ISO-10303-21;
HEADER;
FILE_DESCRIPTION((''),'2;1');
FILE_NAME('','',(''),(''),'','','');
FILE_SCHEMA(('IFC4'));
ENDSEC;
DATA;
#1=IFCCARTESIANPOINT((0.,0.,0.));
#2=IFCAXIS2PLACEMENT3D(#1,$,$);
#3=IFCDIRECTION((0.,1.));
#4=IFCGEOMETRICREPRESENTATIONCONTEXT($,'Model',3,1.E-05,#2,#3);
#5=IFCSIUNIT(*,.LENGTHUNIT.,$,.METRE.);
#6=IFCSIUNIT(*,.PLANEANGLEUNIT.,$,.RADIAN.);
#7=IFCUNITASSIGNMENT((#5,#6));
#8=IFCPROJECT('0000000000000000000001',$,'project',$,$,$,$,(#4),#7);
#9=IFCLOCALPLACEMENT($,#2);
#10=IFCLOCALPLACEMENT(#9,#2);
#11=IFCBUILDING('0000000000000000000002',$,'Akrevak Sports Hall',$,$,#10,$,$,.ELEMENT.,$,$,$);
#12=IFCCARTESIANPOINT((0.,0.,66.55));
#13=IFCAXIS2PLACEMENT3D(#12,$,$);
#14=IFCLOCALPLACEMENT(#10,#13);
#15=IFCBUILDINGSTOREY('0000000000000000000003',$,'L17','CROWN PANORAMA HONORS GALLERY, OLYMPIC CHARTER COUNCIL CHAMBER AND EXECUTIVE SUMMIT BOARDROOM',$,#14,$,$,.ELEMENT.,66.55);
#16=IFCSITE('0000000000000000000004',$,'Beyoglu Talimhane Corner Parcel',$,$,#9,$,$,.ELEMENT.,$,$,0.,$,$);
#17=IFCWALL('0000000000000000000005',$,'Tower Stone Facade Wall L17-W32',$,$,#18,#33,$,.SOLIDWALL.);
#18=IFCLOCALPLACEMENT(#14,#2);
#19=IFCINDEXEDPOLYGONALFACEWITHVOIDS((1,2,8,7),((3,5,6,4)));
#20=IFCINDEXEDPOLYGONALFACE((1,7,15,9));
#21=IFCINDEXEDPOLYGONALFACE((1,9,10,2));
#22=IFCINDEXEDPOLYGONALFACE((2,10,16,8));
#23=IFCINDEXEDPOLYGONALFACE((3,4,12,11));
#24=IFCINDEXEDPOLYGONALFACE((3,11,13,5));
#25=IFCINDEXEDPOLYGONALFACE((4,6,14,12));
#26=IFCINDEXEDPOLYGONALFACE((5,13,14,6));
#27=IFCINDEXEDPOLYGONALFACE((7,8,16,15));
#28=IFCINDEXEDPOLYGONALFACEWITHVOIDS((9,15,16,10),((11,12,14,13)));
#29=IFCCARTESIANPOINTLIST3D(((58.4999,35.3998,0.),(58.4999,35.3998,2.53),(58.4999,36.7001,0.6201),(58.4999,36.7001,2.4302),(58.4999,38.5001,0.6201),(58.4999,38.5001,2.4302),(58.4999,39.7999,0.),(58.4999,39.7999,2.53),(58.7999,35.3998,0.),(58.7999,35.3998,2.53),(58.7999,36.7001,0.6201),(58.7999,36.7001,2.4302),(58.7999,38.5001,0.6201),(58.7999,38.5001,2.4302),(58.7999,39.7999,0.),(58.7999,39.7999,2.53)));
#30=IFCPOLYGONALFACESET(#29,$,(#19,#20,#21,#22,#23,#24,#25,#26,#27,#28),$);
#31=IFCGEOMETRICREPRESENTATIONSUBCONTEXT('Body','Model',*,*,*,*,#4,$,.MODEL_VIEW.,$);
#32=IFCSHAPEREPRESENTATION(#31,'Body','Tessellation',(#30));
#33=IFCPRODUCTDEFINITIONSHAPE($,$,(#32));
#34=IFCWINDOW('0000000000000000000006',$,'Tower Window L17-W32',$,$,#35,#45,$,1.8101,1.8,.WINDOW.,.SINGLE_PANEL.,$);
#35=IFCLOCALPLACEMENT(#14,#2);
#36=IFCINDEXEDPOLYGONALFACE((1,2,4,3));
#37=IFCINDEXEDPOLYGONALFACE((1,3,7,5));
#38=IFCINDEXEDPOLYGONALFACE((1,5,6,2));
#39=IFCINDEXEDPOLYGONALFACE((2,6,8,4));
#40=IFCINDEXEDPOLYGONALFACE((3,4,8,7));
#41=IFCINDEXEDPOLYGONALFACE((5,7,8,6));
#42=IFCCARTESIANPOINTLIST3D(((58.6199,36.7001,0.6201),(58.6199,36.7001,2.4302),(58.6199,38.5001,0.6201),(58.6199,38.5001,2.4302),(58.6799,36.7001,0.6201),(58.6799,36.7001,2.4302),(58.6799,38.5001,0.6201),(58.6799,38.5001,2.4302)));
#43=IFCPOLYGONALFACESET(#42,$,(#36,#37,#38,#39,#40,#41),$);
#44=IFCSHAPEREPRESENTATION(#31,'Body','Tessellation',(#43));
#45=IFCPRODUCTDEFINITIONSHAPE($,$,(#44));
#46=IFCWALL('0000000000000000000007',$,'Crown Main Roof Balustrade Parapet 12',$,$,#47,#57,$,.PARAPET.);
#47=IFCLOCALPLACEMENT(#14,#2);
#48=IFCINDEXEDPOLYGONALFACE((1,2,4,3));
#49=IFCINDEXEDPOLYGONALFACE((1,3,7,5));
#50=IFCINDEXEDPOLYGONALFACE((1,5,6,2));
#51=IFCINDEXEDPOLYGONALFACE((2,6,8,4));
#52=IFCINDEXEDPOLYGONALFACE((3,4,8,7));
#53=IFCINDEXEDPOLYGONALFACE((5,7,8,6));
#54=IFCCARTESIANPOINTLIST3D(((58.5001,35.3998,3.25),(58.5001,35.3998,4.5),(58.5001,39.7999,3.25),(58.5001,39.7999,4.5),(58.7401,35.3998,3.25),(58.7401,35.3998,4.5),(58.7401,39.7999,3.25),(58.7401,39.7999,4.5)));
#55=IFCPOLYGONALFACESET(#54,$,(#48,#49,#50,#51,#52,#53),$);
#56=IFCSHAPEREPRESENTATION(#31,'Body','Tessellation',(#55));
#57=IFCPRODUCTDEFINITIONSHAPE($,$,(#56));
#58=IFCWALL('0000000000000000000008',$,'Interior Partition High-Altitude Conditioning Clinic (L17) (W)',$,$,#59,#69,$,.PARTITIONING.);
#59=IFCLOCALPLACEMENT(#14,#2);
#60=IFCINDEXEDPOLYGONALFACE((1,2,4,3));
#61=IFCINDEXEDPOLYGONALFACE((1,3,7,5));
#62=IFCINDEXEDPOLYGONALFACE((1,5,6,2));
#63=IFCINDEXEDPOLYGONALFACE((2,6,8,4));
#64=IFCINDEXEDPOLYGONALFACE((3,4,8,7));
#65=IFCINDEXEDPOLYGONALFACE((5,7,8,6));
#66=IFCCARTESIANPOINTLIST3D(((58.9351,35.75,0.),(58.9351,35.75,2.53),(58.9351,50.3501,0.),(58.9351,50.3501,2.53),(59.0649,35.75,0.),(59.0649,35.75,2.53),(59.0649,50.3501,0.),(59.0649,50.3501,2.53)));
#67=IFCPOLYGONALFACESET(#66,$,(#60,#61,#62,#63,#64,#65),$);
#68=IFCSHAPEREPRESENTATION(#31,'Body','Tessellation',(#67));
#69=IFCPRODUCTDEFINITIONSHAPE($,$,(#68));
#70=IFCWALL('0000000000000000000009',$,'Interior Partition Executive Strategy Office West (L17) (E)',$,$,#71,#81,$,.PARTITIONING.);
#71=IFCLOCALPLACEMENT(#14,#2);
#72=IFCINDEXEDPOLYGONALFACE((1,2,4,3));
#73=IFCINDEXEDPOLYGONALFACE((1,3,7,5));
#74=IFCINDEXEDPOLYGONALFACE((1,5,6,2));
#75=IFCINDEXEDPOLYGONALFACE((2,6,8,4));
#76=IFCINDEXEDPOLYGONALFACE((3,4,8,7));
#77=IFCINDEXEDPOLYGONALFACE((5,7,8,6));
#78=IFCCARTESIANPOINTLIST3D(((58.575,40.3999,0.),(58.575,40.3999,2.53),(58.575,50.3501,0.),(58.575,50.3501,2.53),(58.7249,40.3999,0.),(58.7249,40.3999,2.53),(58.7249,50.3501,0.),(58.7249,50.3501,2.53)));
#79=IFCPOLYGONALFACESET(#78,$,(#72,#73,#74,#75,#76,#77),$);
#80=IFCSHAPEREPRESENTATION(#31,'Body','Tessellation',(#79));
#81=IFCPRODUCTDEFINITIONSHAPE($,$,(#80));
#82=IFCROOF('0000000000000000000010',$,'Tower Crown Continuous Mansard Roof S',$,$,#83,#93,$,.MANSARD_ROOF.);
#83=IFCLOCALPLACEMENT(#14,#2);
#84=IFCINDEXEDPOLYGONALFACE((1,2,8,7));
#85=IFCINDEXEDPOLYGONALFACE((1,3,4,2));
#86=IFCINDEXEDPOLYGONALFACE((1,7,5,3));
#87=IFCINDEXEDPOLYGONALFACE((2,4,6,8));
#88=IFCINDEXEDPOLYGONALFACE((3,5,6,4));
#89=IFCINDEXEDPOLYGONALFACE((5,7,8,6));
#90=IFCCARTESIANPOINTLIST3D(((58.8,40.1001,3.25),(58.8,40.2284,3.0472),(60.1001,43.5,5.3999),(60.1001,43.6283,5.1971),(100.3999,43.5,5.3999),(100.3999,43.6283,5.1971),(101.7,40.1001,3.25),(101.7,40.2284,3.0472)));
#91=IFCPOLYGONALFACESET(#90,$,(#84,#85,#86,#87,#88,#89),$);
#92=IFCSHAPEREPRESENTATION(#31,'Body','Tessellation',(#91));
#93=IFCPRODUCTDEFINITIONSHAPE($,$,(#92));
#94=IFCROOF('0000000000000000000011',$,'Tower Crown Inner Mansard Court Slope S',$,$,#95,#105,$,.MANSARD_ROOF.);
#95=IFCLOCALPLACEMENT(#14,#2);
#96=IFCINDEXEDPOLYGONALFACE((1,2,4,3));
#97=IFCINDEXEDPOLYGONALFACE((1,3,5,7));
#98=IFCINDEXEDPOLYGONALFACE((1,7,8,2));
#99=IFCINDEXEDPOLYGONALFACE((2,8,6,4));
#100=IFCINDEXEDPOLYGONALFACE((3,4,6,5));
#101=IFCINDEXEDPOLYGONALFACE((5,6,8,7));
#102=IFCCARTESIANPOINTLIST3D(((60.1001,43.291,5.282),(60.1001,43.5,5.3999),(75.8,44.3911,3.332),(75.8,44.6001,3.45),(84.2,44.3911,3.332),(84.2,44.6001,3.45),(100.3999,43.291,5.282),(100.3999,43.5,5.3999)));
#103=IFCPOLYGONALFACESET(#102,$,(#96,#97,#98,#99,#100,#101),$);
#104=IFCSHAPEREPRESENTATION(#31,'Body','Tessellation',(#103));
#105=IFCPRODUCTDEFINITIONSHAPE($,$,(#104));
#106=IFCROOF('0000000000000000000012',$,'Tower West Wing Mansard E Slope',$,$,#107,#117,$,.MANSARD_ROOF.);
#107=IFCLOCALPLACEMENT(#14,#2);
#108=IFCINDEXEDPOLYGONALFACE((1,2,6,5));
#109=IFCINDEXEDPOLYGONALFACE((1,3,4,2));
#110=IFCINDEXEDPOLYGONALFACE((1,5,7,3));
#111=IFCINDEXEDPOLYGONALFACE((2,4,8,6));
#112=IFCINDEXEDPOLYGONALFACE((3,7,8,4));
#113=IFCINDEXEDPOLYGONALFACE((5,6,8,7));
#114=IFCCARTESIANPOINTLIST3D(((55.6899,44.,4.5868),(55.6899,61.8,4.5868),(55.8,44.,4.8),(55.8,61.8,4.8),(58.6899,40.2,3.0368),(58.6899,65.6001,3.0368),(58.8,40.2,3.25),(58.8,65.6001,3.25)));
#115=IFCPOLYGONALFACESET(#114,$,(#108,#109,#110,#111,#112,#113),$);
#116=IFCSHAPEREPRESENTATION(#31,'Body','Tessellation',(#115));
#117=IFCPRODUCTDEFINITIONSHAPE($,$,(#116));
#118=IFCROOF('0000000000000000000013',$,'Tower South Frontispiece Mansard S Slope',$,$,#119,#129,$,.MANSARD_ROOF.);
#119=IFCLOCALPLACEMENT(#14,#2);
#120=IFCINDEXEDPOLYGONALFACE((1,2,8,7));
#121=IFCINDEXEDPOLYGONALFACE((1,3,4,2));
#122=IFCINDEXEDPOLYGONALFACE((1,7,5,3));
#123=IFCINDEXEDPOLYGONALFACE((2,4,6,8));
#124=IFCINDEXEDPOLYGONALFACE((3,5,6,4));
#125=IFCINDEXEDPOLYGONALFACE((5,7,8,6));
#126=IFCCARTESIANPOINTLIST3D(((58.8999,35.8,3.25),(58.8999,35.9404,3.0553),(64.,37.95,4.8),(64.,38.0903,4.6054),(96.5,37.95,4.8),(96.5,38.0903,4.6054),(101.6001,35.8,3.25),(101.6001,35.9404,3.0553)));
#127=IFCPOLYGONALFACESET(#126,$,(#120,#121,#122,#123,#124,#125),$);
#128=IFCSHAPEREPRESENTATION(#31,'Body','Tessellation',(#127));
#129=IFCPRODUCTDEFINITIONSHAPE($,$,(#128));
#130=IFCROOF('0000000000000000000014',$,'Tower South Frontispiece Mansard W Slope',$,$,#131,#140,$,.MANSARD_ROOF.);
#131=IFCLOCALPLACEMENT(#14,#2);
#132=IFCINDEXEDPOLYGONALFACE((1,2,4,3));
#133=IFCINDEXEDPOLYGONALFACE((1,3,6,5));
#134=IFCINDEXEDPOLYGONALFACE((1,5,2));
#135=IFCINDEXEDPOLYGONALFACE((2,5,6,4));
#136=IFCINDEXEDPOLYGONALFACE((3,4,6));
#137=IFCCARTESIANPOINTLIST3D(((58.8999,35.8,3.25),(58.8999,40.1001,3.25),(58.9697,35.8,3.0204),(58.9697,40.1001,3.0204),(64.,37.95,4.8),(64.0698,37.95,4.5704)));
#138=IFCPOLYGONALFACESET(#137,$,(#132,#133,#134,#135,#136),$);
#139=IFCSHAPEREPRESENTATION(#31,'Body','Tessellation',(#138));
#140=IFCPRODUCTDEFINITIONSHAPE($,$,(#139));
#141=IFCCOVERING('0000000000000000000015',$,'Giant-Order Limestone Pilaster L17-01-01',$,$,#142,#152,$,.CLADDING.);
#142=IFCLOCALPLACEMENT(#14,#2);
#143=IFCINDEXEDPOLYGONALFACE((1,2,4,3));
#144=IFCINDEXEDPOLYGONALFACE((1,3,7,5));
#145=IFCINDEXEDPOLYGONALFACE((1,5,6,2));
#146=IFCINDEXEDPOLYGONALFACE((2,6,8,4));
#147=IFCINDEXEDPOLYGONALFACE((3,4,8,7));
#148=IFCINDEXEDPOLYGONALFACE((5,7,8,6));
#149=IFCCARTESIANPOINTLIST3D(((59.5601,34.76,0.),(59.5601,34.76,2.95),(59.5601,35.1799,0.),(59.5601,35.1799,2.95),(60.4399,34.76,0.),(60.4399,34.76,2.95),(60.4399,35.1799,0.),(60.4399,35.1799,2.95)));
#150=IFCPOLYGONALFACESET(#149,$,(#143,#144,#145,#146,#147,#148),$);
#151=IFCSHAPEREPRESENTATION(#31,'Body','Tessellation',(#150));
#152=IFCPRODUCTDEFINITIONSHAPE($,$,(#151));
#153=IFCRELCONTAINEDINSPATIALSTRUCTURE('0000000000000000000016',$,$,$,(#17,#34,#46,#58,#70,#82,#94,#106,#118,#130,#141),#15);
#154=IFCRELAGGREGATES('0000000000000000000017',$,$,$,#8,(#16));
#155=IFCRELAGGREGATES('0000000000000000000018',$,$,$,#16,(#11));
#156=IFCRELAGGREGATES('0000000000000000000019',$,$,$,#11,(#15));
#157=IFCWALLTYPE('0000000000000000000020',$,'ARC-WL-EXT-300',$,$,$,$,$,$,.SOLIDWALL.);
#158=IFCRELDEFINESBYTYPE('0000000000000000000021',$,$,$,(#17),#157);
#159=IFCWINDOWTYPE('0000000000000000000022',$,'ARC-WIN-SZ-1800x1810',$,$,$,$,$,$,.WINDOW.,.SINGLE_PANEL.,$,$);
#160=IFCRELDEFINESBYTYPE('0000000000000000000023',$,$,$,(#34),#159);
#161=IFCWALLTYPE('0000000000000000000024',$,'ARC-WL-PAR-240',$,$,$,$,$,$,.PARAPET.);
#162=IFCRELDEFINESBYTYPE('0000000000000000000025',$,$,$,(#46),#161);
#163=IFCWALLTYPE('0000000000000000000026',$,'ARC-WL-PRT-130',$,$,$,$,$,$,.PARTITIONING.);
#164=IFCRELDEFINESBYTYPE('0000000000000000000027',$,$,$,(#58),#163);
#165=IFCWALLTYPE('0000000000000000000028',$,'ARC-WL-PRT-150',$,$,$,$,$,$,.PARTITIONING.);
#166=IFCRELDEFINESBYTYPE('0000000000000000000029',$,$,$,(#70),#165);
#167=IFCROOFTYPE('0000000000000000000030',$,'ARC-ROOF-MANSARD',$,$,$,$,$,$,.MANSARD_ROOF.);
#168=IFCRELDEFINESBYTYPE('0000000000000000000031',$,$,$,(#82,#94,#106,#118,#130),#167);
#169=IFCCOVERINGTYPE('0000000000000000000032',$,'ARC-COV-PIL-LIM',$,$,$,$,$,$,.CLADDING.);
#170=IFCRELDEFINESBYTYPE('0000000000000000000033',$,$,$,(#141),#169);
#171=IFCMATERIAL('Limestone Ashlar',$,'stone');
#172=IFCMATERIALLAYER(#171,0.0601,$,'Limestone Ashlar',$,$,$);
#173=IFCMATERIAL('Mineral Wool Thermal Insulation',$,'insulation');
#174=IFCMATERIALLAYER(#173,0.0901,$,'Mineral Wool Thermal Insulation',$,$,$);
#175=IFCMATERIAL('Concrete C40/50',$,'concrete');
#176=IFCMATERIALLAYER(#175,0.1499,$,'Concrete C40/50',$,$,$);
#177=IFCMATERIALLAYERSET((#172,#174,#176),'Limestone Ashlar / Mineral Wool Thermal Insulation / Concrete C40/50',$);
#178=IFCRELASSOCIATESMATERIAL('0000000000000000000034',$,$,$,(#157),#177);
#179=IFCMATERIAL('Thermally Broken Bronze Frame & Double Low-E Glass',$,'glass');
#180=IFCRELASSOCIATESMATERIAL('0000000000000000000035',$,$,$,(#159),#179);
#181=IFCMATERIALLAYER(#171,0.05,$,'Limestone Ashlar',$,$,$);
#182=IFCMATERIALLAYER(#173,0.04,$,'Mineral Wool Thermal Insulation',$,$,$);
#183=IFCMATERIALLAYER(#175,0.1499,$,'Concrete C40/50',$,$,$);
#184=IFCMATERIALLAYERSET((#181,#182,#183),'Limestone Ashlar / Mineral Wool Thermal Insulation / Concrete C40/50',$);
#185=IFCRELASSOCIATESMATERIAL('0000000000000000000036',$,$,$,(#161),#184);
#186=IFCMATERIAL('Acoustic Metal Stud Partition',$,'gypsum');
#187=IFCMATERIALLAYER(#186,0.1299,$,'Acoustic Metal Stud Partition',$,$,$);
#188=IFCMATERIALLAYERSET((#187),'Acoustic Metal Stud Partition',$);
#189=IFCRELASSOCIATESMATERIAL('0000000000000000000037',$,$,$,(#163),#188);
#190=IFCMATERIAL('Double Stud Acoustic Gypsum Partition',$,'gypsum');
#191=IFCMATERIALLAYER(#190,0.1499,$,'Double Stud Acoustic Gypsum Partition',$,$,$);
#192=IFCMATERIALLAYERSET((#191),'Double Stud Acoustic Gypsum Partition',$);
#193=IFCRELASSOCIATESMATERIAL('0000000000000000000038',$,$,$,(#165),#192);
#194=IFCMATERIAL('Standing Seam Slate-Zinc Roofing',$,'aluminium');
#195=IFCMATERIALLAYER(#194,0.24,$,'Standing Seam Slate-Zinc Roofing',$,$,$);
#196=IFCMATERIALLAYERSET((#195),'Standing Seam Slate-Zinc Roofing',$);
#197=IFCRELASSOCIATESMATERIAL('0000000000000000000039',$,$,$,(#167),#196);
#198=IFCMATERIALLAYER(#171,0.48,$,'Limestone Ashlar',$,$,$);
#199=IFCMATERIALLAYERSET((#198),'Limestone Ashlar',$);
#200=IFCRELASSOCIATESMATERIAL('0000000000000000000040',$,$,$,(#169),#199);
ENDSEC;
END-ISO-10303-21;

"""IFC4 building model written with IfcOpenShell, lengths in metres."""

from ifc_helpers import new_model, si_unit, direction, frame, frame_2d, origin, origin_2d, place, context, subcontext, project, spatial, polyline, rectangle, outline, extrude, material, layer, layer_set, type_object, element, fill, save


model = new_model("IFC4")

# Units and contexts
model_context = context("Model", 3, precision=1e-05, world=origin(), true_north=direction((0.0, 1.0)))
body_context = subcontext(model_context, "Body", "Model", "MODEL_VIEW")
ifc_project = project(units=[si_unit("LENGTHUNIT", "METRE"), si_unit("PLANEANGLEUNIT", "RADIAN")], contexts=[model_context])

# Site, building, storey
site_placement = place(None, origin())
site = spatial("IfcSite", under=ifc_project, at=site_placement, Name="Beyoglu Talimhane Corner Parcel", CompositionType="ELEMENT", RefElevation=0.0)
building_placement = place(site_placement, origin())
building = spatial("IfcBuilding", under=site, at=building_placement, Name="Akrevak Sports Hall", CompositionType="ELEMENT")
storey_placement = place(building_placement, frame((0.0, 0.0, 66.55)))
storey = spatial("IfcBuildingStorey", under=building, at=storey_placement, Name="L17", Description="CROWN PANORAMA HONORS GALLERY, OLYMPIC CHARTER COUNCIL CHAMBER AND EXECUTIVE SUMMIT BOARDROOM", CompositionType="ELEMENT", Elevation=66.55)

# Shared definitions
ifc_material_1 = material(Name="Concrete C40/50", Category="concrete")

# Shared definitions
ifc_material_2 = material(Name="Limestone Ashlar", Category="stone")
ifc_layer_1 = layer(ifc_material_2, 0.0601, Name="Limestone Ashlar")
ifc_material_3 = material(Name="Mineral Wool Thermal Insulation", Category="insulation")
ifc_layer_2 = layer(ifc_material_3, 0.0901, Name="Mineral Wool Thermal Insulation")
ifc_layer_3 = layer(ifc_material_1, 0.1499, Name="Concrete C40/50")
ifc_layer_set_1 = layer_set([ifc_layer_1, ifc_layer_2, ifc_layer_3], Name="Limestone Ashlar / Mineral Wool Thermal Insulation / Concrete C40/50")
wall_type_1 = type_object("IfcWallType", Name="ARC-WL-EXT-300", PredefinedType="SOLIDWALL", material=ifc_layer_set_1)

# Wall, opening, window
wall_1_placement = place(storey_placement, frame((58.6499, 39.8, 0.0), z_axis=(0.0, 0.0, 1.0), x_axis=(0.0, -1.0, 0.0)))
wall_1 = element("IfcWall", 1, at=wall_1_placement, inside=storey, type_object=wall_type_1, Name="Tower Stone Facade Wall L17-W32", PredefinedType="SOLIDWALL", context=body_context, shape_type="SweptSolid", body=[
    extrude(rectangle(XDim=4.4001, YDim=0.3, at=frame_2d((2.2002, 0.0))), origin(), (0.0, 0.0, 1.0), 2.53),
])
opening_placement = place(wall_1_placement, frame((1.3, 0.0, 0.6201)))
opening = element("IfcOpeningElement", 2, at=opening_placement, cuts=wall_1, PredefinedType="OPENING", context=body_context, shape_type="SweptSolid", body=[
    extrude(rectangle(XDim=1.8, YDim=1.8101, at=frame_2d((0.8999, 0.905))), frame((0.0, 0.1621, 0.0), z_axis=(0.0, -1.0, 0.0), x_axis=(1.0, 0.0, 0.0)), (0.0, 0.0, 1.0), 0.324),
])
ifc_material_4 = material(Name="Thermally Broken Bronze Frame & Double Low-E Glass", Category="glass")
window_type = type_object("IfcWindowType", Name="ARC-WIN-SZ-1800x1810", PartitioningType="SINGLE_PANEL", PredefinedType="WINDOW", material=ifc_material_4)
window_placement = place(opening_placement, origin())
window = element("IfcWindow", 3, at=window_placement, inside=storey, type_object=window_type, Name="Tower Window L17-W32", OverallHeight=1.8101, OverallWidth=1.8, PartitioningType="SINGLE_PANEL", PredefinedType="WINDOW", context=body_context, shape_type="SweptSolid", body=[
    extrude(rectangle(XDim=1.8, YDim=1.8101, at=frame_2d((0.8999, 0.905))), frame((0.0, 0.03, 0.0), z_axis=(0.0, -1.0, 0.0), x_axis=(1.0, 0.0, 0.0)), (0.0, 0.0, 1.0), 0.0601),
])
fill(opening, window)

# Walls
ifc_layer_4 = layer(ifc_material_2, 0.05, Name="Limestone Ashlar")
ifc_layer_5 = layer(ifc_material_3, 0.04, Name="Mineral Wool Thermal Insulation")
ifc_layer_6 = layer(ifc_material_1, 0.1499, Name="Concrete C40/50")
ifc_layer_set_2 = layer_set([ifc_layer_4, ifc_layer_5, ifc_layer_6], Name="Limestone Ashlar / Mineral Wool Thermal Insulation / Concrete C40/50")
wall_type_2 = type_object("IfcWallType", Name="ARC-WL-PAR-240", PredefinedType="PARAPET", material=ifc_layer_set_2)
wall_2_placement = place(storey_placement, frame((58.6201, 39.8, 3.25), z_axis=(0.0, 0.0, 1.0), x_axis=(0.0, -1.0, 0.0)))
element("IfcWall", 4, at=wall_2_placement, inside=storey, type_object=wall_type_2, Name="Crown Main Roof Balustrade Parapet 12", PredefinedType="PARAPET", context=body_context, shape_type="SweptSolid", body=[
    extrude(rectangle(XDim=4.4001, YDim=0.24, at=frame_2d((2.2002, 0.0))), origin(), (0.0, 0.0, 1.0), 1.25),
])
ifc_material_5 = material(Name="Acoustic Metal Stud Partition", Category="gypsum")
ifc_layer_7 = layer(ifc_material_5, 0.1299, Name="Acoustic Metal Stud Partition")
ifc_layer_set_3 = layer_set([ifc_layer_7], Name="Acoustic Metal Stud Partition")
wall_type_3 = type_object("IfcWallType", Name="ARC-WL-PRT-130", PredefinedType="PARTITIONING", material=ifc_layer_set_3)
wall_3_placement = place(storey_placement, frame((59.0, 35.75, 0.0), z_axis=(0.0, 0.0, 1.0), x_axis=(0.0, 1.0, 0.0)))
element("IfcWall", 5, at=wall_3_placement, inside=storey, type_object=wall_type_3, Name="Interior Partition High-Altitude Conditioning Clinic (L17) (W)", PredefinedType="PARTITIONING", context=body_context, shape_type="SweptSolid", body=[
    extrude(rectangle(XDim=14.6001, YDim=0.1299, at=frame_2d((7.3, 0.0))), origin(), (0.0, 0.0, 1.0), 2.53),
])
ifc_material_6 = material(Name="Double Stud Acoustic Gypsum Partition", Category="gypsum")
ifc_layer_8 = layer(ifc_material_6, 0.1499, Name="Double Stud Acoustic Gypsum Partition")
ifc_layer_set_4 = layer_set([ifc_layer_8], Name="Double Stud Acoustic Gypsum Partition")
wall_type_4 = type_object("IfcWallType", Name="ARC-WL-PRT-150", PredefinedType="PARTITIONING", material=ifc_layer_set_4)
wall_4_placement = place(storey_placement, frame((58.6499, 40.3999, 0.0), z_axis=(0.0, 0.0, 1.0), x_axis=(0.0, 1.0, 0.0)))
element("IfcWall", 6, at=wall_4_placement, inside=storey, type_object=wall_type_4, Name="Interior Partition Executive Strategy Office West (L17) (E)", PredefinedType="PARTITIONING", context=body_context, shape_type="SweptSolid", body=[
    extrude(rectangle(XDim=9.9502, YDim=0.1499, at=frame_2d((4.9751, 0.0))), origin(), (0.0, 0.0, 1.0), 2.53),
])

# Roofs
ifc_material_7 = material(Name="Standing Seam Slate-Zinc Roofing", Category="aluminium")
ifc_layer_9 = layer(ifc_material_7, 0.24, Name="Standing Seam Slate-Zinc Roofing")
ifc_layer_set_5 = layer_set([ifc_layer_9], Name="Standing Seam Slate-Zinc Roofing")
roof_type = type_object("IfcRoofType", Name="ARC-ROOF-MANSARD", PredefinedType="MANSARD_ROOF", material=ifc_layer_set_5)
roof_1_placement = place(storey_placement, frame((58.8, 40.1001, 3.25), z_axis=(0.0, -0.534454, 0.845197), x_axis=(1.0, 0.0, 0.0)))
element("IfcRoof", 7, at=roof_1_placement, inside=storey, type_object=roof_type, Name="Tower Crown Continuous Mansard Roof S", PredefinedType="MANSARD_ROOF", context=body_context, shape_type="SweptSolid", body=[
    extrude(outline(polyline([(0.0, 0.0), (42.8999, 0.0), (41.5999, 4.0226), (1.3, 4.0226), (0.0, 0.0)])), origin(), (0.0, 0.0, -1.0), 0.24),
])
roof_2_placement = place(storey_placement, frame((60.1001, 43.5, 5.3999), z_axis=(0.0, 0.870955, 0.491364), x_axis=(1.0, 0.0, 0.0)))
element("IfcRoof", 8, at=roof_2_placement, inside=storey, type_object=roof_type, Name="Tower Crown Inner Mansard Court Slope S", PredefinedType="MANSARD_ROOF", context=body_context, shape_type="SweptSolid", body=[
    extrude(outline(polyline([(0.0, 0.0), (40.2998, 0.0), (24.0999, 2.2389), (15.7, 2.2389), (0.0, 0.0)])), origin(), (0.0, 0.0, -1.0), 0.24),
])
roof_3_placement = place(storey_placement, frame((58.8, 40.2, 3.25), z_axis=(0.459031, 0.0, 0.88842), x_axis=(0.0, 1.0, 0.0)))
element("IfcRoof", 9, at=roof_3_placement, inside=storey, type_object=roof_type, Name="Tower West Wing Mansard E Slope", PredefinedType="MANSARD_ROOF", context=body_context, shape_type="SweptSolid", body=[
    extrude(outline(polyline([(0.0, 0.0), (25.4001, 0.0), (21.6001, 3.3768), (3.8, 3.3768), (0.0, 0.0)])), origin(), (0.0, 0.0, -1.0), 0.24),
])
roof_4_placement = place(storey_placement, frame((58.8999, 35.8, 3.25), z_axis=(0.0, -0.584831, 0.811155), x_axis=(1.0, 0.0, 0.0)))
element("IfcRoof", 10, at=roof_4_placement, inside=storey, type_object=roof_type, Name="Tower South Frontispiece Mansard S Slope", PredefinedType="MANSARD_ROOF", context=body_context, shape_type="SweptSolid", body=[
    extrude(outline(polyline([(0.0, 0.0), (42.7002, 0.0), (37.6001, 2.6504), (5.1001, 2.6504), (0.0, 0.0)])), origin(), (0.0, 0.0, -1.0), 0.24),
])
roof_5_placement = place(storey_placement, frame((58.8999, 40.1001, 3.25), z_axis=(-0.290792, 0.0, 0.956786), x_axis=(0.0, -1.0, 0.0)))
element("IfcRoof", 11, at=roof_5_placement, inside=storey, type_object=roof_type, Name="Tower South Frontispiece Mansard W Slope", PredefinedType="MANSARD_ROOF", context=body_context, shape_type="SweptSolid", body=[
    extrude(outline(polyline([(0.0, 0.0), (4.3, 0.0), (2.1501, 5.3304), (0.0, 0.0)])), origin(), (0.0, 0.0, -1.0), 0.24),
])

# Covering
ifc_layer_10 = layer(ifc_material_2, 0.48, Name="Limestone Ashlar")
ifc_layer_set_6 = layer_set([ifc_layer_10], Name="Limestone Ashlar")
covering_type = type_object("IfcCoveringType", Name="ARC-COV-PIL-LIM", PredefinedType="CLADDING", material=ifc_layer_set_6)
covering_placement = place(storey_placement, frame((60.0, 34.97, 0.0), z_axis=(0.0, 0.0, 1.0), x_axis=(1.0, 0.0, 0.0)))
element("IfcCovering", 12, at=covering_placement, inside=storey, type_object=covering_type, Name="Giant-Order Limestone Pilaster L17-01-01", PredefinedType="CLADDING", context=body_context, shape_type="SweptSolid", body=[
    extrude(rectangle(XDim=0.8799, YDim=0.4199, at=origin_2d()), origin(), (0.0, 0.0, 1.0), 2.95),
])

save(model, "model.ifc")
